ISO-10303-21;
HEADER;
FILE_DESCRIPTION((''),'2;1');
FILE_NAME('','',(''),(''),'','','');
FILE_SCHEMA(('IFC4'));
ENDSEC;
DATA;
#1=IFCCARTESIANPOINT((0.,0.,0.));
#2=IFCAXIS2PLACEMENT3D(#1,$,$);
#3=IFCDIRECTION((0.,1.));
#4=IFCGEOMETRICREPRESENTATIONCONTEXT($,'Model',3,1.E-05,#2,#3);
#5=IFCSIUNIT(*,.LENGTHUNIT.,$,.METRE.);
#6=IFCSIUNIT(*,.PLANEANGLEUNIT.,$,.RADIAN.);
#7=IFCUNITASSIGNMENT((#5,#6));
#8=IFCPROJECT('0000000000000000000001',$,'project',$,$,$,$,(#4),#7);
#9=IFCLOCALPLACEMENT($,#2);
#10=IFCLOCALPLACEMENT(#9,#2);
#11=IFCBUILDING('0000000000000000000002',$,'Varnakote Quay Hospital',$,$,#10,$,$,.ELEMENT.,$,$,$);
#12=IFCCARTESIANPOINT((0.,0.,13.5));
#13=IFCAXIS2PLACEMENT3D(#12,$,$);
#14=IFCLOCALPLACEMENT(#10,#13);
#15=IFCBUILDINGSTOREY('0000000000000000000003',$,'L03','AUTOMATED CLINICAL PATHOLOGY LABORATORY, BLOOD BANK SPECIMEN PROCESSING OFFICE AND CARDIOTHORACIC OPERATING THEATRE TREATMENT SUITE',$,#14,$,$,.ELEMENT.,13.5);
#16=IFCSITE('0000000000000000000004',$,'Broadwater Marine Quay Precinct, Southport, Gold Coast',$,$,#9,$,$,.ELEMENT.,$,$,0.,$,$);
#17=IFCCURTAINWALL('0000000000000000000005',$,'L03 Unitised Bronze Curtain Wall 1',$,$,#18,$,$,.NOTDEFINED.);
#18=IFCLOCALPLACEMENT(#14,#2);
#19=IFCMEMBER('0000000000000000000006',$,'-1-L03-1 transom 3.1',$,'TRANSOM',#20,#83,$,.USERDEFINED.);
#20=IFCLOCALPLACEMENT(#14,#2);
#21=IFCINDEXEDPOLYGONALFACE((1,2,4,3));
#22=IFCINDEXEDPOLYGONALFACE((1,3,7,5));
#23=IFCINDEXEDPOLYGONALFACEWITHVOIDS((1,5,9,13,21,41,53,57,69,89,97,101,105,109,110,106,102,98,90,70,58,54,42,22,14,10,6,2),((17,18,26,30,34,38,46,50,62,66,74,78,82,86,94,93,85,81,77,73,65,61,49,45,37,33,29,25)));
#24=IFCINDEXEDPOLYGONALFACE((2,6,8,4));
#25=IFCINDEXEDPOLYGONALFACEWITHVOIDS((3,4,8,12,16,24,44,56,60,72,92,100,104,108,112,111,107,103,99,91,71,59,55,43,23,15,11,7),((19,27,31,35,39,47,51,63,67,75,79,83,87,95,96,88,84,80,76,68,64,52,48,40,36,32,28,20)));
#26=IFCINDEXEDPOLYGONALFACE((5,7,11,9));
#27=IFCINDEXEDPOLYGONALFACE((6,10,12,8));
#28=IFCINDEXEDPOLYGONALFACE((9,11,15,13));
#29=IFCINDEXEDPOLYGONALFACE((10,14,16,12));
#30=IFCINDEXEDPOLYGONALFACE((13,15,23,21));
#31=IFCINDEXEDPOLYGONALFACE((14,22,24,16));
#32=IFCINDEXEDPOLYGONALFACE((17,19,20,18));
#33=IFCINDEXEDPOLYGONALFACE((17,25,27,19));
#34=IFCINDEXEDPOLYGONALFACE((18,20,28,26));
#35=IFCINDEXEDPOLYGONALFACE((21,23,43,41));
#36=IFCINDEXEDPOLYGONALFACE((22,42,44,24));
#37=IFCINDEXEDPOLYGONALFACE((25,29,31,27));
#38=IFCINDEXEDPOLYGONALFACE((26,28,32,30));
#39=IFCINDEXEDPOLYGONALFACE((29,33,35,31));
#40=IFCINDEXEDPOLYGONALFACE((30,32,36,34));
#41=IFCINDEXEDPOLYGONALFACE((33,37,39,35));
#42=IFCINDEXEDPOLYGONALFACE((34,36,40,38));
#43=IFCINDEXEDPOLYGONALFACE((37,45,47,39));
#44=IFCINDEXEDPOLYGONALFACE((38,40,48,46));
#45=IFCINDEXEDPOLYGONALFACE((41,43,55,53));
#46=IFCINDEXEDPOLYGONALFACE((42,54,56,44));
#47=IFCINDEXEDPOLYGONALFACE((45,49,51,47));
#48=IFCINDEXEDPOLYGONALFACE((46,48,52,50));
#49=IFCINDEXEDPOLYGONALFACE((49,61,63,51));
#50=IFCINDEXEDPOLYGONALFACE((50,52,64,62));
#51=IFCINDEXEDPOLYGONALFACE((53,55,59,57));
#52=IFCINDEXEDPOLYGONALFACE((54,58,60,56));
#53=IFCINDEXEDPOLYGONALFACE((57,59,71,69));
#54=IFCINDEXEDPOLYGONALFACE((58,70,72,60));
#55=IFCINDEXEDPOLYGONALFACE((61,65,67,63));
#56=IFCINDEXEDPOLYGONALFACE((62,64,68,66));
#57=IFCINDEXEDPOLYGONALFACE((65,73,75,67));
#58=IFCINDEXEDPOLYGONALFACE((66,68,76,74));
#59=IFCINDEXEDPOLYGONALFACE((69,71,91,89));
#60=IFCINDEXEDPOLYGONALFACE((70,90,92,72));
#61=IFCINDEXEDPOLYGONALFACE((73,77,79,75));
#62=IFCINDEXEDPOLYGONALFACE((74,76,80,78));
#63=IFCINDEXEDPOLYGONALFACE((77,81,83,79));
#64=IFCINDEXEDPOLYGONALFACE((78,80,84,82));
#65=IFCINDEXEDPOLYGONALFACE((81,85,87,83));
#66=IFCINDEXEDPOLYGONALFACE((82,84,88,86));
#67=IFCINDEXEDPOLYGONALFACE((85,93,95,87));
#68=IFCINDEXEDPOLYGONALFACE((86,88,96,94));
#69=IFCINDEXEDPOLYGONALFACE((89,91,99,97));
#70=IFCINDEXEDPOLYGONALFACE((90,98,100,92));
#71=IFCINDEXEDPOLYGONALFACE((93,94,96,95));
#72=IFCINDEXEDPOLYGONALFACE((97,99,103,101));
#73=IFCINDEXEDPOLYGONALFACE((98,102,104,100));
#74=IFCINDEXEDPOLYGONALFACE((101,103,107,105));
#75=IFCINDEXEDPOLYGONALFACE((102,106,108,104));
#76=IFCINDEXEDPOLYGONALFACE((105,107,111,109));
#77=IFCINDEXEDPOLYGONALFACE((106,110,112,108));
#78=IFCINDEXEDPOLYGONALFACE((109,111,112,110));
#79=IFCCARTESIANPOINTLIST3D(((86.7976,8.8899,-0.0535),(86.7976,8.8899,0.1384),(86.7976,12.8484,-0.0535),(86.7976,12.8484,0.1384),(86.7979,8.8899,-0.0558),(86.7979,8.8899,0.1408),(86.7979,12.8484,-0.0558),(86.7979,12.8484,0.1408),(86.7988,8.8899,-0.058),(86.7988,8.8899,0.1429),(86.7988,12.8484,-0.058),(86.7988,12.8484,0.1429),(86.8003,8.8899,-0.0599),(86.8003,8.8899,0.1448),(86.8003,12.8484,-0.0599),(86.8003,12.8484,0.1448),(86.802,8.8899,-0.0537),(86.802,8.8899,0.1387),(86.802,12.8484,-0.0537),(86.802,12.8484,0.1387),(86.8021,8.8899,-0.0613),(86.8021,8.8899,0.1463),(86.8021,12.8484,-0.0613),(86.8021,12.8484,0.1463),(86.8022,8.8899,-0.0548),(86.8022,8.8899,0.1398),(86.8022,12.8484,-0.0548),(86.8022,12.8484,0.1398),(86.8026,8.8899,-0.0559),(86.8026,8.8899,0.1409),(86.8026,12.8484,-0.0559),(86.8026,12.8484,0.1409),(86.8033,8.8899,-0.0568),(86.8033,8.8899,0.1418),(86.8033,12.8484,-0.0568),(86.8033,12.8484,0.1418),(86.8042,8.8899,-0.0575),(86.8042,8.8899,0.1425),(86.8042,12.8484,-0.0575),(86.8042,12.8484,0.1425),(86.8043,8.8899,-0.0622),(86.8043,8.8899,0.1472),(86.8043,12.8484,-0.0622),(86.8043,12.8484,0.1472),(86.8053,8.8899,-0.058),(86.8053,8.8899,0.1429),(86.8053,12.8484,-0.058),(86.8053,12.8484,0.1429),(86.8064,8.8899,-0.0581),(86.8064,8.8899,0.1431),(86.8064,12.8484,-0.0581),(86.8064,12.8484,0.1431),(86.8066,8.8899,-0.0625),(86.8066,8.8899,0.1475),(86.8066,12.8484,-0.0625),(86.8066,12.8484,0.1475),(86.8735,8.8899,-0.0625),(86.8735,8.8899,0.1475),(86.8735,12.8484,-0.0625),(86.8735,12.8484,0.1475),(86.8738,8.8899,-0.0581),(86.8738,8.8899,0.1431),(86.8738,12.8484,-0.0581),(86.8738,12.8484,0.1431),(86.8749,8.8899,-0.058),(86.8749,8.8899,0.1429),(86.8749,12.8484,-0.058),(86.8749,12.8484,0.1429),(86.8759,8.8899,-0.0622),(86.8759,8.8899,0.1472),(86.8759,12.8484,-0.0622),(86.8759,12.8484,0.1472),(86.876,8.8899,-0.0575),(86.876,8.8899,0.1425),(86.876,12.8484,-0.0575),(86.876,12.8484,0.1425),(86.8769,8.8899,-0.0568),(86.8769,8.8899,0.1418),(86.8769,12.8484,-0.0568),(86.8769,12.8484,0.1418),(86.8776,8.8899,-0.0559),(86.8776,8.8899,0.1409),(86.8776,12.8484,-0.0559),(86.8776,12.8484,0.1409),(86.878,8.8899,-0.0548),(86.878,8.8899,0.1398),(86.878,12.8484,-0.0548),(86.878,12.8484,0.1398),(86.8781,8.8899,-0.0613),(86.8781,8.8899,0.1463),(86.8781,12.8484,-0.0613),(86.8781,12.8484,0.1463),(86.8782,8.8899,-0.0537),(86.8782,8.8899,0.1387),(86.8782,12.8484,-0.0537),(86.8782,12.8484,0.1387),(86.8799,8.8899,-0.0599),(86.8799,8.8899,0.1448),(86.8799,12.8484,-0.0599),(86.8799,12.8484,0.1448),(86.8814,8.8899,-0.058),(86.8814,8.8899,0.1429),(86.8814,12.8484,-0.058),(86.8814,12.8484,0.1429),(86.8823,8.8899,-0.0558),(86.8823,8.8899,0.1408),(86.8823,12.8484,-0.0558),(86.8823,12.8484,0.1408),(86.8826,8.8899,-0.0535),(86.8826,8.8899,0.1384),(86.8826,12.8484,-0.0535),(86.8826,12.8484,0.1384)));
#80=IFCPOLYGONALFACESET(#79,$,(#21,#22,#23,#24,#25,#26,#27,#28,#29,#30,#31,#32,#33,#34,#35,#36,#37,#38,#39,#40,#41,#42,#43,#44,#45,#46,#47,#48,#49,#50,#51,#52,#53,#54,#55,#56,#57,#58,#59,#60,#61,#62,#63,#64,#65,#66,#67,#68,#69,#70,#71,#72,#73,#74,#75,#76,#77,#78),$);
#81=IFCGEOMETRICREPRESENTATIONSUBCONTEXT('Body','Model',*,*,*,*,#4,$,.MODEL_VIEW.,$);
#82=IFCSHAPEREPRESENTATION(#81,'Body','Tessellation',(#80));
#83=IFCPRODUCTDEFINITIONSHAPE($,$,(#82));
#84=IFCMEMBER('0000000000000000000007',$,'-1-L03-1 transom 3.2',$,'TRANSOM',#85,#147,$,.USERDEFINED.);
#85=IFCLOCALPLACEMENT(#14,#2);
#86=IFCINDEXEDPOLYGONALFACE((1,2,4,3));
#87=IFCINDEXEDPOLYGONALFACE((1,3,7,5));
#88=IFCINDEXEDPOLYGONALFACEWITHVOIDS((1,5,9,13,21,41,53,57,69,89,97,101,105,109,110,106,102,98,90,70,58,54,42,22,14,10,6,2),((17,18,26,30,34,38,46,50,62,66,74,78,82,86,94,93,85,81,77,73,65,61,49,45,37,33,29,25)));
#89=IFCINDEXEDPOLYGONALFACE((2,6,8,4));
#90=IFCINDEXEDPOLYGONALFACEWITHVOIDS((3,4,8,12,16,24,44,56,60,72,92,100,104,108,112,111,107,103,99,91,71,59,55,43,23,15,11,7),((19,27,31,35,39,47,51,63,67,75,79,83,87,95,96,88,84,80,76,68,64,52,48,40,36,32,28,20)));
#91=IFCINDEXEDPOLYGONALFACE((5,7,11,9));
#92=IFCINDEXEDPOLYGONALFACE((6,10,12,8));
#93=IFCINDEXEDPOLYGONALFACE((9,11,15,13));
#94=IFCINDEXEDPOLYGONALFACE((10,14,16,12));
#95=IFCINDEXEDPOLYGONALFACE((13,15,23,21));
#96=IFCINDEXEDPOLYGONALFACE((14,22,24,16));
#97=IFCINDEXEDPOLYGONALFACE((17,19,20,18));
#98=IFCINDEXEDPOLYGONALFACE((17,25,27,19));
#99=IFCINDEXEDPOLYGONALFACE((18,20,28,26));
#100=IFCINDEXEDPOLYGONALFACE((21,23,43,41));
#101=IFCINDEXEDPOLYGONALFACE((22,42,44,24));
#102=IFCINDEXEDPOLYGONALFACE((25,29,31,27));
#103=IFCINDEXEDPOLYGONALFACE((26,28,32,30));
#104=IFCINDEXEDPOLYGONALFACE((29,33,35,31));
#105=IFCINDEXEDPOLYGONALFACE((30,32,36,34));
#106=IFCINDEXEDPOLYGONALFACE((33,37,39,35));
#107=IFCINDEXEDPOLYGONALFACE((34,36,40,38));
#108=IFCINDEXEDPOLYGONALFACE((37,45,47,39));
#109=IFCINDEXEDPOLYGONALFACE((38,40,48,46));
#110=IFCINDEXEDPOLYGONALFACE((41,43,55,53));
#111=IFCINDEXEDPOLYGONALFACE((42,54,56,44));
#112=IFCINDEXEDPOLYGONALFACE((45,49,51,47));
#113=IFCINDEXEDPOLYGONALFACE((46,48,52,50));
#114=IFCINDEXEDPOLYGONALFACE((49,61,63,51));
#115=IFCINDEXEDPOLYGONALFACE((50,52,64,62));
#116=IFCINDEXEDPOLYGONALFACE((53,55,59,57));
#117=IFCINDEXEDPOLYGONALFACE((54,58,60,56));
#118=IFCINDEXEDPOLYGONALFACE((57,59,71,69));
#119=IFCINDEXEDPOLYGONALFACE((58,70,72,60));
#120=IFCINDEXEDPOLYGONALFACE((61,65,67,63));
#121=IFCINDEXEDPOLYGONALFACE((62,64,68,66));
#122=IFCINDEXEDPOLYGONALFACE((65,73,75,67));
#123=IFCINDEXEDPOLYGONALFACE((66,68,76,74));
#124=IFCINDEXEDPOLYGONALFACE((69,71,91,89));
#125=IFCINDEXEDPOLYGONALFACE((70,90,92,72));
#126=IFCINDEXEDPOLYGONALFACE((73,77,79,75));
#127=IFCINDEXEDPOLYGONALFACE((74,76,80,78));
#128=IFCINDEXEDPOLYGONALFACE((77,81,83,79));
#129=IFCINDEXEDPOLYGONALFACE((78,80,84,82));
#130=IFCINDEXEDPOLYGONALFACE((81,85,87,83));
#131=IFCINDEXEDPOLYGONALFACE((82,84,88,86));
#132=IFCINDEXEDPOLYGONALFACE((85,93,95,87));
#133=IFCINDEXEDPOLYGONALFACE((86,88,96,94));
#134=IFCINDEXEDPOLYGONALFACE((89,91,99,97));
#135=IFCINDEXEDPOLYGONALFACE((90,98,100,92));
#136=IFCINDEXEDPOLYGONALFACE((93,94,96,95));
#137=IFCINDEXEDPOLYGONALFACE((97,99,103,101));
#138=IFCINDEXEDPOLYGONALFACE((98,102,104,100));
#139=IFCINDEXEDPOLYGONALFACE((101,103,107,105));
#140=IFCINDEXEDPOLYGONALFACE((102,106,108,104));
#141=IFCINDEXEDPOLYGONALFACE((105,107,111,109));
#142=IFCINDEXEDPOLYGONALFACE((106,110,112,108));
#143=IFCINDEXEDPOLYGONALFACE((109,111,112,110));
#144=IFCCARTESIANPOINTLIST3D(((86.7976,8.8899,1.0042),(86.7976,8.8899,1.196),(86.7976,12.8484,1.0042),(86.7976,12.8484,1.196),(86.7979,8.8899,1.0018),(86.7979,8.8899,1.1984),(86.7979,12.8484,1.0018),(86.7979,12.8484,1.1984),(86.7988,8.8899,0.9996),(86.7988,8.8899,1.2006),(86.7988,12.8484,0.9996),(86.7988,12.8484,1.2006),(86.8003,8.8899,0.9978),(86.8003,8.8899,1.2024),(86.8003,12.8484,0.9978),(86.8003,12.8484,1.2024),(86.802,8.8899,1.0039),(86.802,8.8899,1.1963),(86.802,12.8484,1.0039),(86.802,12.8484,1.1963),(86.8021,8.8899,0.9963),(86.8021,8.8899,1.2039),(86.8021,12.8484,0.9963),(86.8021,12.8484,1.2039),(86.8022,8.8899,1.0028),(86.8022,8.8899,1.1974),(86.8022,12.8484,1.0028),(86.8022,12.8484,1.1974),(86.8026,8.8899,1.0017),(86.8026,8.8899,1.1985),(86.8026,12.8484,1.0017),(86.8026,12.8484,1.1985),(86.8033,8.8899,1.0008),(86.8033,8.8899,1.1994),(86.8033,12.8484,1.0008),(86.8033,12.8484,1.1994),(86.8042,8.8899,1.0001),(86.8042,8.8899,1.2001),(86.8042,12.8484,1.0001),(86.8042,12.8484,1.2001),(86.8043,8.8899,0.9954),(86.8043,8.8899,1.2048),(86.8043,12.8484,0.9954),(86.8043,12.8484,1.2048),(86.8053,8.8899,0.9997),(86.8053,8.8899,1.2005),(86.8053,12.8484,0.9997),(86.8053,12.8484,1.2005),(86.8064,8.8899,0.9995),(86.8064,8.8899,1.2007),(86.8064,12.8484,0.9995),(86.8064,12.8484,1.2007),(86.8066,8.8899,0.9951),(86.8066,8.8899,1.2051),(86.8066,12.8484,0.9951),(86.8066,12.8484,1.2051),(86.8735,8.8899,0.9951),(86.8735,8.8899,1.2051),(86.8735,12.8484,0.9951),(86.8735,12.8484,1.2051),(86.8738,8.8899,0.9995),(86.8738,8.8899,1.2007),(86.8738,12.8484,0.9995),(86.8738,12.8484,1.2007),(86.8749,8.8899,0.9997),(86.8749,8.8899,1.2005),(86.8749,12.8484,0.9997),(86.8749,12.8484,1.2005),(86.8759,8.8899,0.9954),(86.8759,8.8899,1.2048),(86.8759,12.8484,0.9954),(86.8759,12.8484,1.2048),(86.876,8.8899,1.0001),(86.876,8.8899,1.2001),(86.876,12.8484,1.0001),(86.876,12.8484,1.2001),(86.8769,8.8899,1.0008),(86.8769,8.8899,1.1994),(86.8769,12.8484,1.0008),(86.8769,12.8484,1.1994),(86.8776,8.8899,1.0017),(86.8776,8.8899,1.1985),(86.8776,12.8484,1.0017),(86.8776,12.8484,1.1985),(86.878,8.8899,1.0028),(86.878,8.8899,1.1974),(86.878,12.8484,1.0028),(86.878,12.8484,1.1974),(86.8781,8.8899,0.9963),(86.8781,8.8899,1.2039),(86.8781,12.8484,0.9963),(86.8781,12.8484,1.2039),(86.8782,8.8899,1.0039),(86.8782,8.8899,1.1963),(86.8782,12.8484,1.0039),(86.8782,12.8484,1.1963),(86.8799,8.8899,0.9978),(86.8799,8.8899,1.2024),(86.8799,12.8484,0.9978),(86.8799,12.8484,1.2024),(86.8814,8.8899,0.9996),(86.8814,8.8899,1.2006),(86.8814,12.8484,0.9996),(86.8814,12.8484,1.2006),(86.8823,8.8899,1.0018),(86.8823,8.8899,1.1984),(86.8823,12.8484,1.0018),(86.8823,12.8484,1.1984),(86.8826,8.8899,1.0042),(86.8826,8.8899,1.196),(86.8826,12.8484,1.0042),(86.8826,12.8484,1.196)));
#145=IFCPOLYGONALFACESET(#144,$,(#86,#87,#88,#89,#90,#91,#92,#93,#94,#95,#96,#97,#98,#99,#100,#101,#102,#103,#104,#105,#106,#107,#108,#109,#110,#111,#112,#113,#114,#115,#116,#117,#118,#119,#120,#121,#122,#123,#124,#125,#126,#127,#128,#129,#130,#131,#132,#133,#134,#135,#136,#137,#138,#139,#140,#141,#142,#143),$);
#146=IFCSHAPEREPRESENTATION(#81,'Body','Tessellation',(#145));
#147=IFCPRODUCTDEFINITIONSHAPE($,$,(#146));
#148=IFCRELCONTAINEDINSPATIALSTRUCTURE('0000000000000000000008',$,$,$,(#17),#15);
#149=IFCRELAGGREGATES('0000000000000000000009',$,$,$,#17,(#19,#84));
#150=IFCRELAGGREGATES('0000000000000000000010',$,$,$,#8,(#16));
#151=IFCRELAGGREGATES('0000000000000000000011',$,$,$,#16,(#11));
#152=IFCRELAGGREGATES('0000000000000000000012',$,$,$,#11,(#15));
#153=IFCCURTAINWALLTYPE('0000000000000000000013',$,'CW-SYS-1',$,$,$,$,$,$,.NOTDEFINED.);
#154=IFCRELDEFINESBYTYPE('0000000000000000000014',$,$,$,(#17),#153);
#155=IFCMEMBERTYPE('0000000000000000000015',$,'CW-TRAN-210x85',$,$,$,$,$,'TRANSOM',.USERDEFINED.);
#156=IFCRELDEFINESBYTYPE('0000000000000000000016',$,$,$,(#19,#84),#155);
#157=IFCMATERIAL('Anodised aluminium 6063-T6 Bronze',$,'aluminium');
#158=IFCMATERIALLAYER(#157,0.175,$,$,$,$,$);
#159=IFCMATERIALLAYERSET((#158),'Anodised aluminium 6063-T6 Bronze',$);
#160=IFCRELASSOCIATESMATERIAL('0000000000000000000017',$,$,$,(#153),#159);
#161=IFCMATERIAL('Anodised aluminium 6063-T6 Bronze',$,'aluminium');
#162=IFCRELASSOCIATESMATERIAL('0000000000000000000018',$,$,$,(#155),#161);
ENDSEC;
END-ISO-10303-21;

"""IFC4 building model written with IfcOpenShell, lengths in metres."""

from ifc_helpers import new_model, si_unit, direction, frame, origin, origin_2d, place, context, subcontext, project, spatial, hollow_rectangle, extrude, material, layer, layer_set, material_profile, profile_set, type_object, element, aggregate, save


model = new_model("IFC4")

# Units and contexts
model_context = context("Model", 3, precision=1e-05, world=origin(), true_north=direction((0.0, 1.0)))
body_context = subcontext(model_context, "Body", "Model", "MODEL_VIEW")
ifc_project = project(units=[si_unit("LENGTHUNIT", "METRE"), si_unit("PLANEANGLEUNIT", "RADIAN")], contexts=[model_context])

# Site, building, storey
site_placement = place(None, origin())
site = spatial("IfcSite", under=ifc_project, at=site_placement, Name="Broadwater Marine Quay Precinct, Southport, Gold Coast", CompositionType="ELEMENT", RefElevation=0.0)
building_placement = place(site_placement, origin())
building = spatial("IfcBuilding", under=site, at=building_placement, Name="Varnakote Quay Hospital", CompositionType="ELEMENT")
storey_placement = place(building_placement, frame((0.0, 0.0, 13.5)))
storey = spatial("IfcBuildingStorey", under=building, at=storey_placement, Name="L03", Description="AUTOMATED CLINICAL PATHOLOGY LABORATORY, BLOOD BANK SPECIMEN PROCESSING OFFICE AND CARDIOTHORACIC OPERATING THEATRE TREATMENT SUITE", CompositionType="ELEMENT", Elevation=13.5)

# Curtain wall, members
ifc_material_1 = material(Name="Anodised aluminium 6063-T6 Bronze", Category="aluminium")
ifc_layer_1 = layer(ifc_material_1, 0.175)
ifc_layer_set_1 = layer_set([ifc_layer_1], Name="Anodised aluminium 6063-T6 Bronze")
curtain_wall_type = type_object("IfcCurtainWallType", Name="CW-SYS-1", PredefinedType="NOTDEFINED", material=ifc_layer_set_1)
curtain_wall_placement = place(storey_placement, origin())
curtain_wall = element("IfcCurtainWall", 1, at=curtain_wall_placement, inside=storey, type_object=curtain_wall_type, Name="L03 Unitised Bronze Curtain Wall 1", PredefinedType="NOTDEFINED")
ifc_material_2 = material(Name="Anodised aluminium 6063-T6 Bronze", Category="aluminium")
ifc_material_profile_1 = material_profile(ifc_material_2, hollow_rectangle(XDim=0.085, YDim=0.21, WallThickness=0.0044, InnerFilletRadius=0.0044, OuterFilletRadius=0.009, at=origin_2d()), Name="CW-TRAN-210x85")
ifc_profile_set_1 = profile_set([ifc_material_profile_1], Name="Anodised aluminium 6063-T6 Bronze")
member_type_1 = type_object("IfcMemberType", Name="CW-TRAN-210x85", ElementType="TRANSOM", PredefinedType="USERDEFINED", material=ifc_profile_set_1)
member_1_placement = place(storey_placement, frame((86.8401, 8.8899, 0.0425), z_axis=(0.0, 1.0, 0.0), x_axis=(-1.0, 0.0, 0.0)))
member_1 = element("IfcMember", 2, at=member_1_placement, type_object=member_type_1, Name="-1-L03-1 transom 3.1", ObjectType="TRANSOM", PredefinedType="USERDEFINED", context=body_context, shape_type="SweptSolid", body=[
    extrude(hollow_rectangle(XDim=0.085, YDim=0.21, WallThickness=0.0044, InnerFilletRadius=0.0044, OuterFilletRadius=0.009, at=origin_2d()), origin(), (0.0, 0.0, 1.0), 3.9585),
])
member_2_placement = place(storey_placement, frame((86.8401, 8.8899, 1.1001), z_axis=(0.0, 1.0, 0.0), x_axis=(-1.0, 0.0, 0.0)))
member_2 = element("IfcMember", 3, at=member_2_placement, type_object=member_type_1, Name="-1-L03-1 transom 3.2", ObjectType="TRANSOM", PredefinedType="USERDEFINED", context=body_context, shape_type="SweptSolid", body=[
    extrude(hollow_rectangle(XDim=0.085, YDim=0.21, WallThickness=0.0044, InnerFilletRadius=0.0044, OuterFilletRadius=0.009, at=origin_2d()), origin(), (0.0, 0.0, 1.0), 3.9585),
])
aggregate(curtain_wall, [member_1, member_2])

save(model, "model.ifc")
